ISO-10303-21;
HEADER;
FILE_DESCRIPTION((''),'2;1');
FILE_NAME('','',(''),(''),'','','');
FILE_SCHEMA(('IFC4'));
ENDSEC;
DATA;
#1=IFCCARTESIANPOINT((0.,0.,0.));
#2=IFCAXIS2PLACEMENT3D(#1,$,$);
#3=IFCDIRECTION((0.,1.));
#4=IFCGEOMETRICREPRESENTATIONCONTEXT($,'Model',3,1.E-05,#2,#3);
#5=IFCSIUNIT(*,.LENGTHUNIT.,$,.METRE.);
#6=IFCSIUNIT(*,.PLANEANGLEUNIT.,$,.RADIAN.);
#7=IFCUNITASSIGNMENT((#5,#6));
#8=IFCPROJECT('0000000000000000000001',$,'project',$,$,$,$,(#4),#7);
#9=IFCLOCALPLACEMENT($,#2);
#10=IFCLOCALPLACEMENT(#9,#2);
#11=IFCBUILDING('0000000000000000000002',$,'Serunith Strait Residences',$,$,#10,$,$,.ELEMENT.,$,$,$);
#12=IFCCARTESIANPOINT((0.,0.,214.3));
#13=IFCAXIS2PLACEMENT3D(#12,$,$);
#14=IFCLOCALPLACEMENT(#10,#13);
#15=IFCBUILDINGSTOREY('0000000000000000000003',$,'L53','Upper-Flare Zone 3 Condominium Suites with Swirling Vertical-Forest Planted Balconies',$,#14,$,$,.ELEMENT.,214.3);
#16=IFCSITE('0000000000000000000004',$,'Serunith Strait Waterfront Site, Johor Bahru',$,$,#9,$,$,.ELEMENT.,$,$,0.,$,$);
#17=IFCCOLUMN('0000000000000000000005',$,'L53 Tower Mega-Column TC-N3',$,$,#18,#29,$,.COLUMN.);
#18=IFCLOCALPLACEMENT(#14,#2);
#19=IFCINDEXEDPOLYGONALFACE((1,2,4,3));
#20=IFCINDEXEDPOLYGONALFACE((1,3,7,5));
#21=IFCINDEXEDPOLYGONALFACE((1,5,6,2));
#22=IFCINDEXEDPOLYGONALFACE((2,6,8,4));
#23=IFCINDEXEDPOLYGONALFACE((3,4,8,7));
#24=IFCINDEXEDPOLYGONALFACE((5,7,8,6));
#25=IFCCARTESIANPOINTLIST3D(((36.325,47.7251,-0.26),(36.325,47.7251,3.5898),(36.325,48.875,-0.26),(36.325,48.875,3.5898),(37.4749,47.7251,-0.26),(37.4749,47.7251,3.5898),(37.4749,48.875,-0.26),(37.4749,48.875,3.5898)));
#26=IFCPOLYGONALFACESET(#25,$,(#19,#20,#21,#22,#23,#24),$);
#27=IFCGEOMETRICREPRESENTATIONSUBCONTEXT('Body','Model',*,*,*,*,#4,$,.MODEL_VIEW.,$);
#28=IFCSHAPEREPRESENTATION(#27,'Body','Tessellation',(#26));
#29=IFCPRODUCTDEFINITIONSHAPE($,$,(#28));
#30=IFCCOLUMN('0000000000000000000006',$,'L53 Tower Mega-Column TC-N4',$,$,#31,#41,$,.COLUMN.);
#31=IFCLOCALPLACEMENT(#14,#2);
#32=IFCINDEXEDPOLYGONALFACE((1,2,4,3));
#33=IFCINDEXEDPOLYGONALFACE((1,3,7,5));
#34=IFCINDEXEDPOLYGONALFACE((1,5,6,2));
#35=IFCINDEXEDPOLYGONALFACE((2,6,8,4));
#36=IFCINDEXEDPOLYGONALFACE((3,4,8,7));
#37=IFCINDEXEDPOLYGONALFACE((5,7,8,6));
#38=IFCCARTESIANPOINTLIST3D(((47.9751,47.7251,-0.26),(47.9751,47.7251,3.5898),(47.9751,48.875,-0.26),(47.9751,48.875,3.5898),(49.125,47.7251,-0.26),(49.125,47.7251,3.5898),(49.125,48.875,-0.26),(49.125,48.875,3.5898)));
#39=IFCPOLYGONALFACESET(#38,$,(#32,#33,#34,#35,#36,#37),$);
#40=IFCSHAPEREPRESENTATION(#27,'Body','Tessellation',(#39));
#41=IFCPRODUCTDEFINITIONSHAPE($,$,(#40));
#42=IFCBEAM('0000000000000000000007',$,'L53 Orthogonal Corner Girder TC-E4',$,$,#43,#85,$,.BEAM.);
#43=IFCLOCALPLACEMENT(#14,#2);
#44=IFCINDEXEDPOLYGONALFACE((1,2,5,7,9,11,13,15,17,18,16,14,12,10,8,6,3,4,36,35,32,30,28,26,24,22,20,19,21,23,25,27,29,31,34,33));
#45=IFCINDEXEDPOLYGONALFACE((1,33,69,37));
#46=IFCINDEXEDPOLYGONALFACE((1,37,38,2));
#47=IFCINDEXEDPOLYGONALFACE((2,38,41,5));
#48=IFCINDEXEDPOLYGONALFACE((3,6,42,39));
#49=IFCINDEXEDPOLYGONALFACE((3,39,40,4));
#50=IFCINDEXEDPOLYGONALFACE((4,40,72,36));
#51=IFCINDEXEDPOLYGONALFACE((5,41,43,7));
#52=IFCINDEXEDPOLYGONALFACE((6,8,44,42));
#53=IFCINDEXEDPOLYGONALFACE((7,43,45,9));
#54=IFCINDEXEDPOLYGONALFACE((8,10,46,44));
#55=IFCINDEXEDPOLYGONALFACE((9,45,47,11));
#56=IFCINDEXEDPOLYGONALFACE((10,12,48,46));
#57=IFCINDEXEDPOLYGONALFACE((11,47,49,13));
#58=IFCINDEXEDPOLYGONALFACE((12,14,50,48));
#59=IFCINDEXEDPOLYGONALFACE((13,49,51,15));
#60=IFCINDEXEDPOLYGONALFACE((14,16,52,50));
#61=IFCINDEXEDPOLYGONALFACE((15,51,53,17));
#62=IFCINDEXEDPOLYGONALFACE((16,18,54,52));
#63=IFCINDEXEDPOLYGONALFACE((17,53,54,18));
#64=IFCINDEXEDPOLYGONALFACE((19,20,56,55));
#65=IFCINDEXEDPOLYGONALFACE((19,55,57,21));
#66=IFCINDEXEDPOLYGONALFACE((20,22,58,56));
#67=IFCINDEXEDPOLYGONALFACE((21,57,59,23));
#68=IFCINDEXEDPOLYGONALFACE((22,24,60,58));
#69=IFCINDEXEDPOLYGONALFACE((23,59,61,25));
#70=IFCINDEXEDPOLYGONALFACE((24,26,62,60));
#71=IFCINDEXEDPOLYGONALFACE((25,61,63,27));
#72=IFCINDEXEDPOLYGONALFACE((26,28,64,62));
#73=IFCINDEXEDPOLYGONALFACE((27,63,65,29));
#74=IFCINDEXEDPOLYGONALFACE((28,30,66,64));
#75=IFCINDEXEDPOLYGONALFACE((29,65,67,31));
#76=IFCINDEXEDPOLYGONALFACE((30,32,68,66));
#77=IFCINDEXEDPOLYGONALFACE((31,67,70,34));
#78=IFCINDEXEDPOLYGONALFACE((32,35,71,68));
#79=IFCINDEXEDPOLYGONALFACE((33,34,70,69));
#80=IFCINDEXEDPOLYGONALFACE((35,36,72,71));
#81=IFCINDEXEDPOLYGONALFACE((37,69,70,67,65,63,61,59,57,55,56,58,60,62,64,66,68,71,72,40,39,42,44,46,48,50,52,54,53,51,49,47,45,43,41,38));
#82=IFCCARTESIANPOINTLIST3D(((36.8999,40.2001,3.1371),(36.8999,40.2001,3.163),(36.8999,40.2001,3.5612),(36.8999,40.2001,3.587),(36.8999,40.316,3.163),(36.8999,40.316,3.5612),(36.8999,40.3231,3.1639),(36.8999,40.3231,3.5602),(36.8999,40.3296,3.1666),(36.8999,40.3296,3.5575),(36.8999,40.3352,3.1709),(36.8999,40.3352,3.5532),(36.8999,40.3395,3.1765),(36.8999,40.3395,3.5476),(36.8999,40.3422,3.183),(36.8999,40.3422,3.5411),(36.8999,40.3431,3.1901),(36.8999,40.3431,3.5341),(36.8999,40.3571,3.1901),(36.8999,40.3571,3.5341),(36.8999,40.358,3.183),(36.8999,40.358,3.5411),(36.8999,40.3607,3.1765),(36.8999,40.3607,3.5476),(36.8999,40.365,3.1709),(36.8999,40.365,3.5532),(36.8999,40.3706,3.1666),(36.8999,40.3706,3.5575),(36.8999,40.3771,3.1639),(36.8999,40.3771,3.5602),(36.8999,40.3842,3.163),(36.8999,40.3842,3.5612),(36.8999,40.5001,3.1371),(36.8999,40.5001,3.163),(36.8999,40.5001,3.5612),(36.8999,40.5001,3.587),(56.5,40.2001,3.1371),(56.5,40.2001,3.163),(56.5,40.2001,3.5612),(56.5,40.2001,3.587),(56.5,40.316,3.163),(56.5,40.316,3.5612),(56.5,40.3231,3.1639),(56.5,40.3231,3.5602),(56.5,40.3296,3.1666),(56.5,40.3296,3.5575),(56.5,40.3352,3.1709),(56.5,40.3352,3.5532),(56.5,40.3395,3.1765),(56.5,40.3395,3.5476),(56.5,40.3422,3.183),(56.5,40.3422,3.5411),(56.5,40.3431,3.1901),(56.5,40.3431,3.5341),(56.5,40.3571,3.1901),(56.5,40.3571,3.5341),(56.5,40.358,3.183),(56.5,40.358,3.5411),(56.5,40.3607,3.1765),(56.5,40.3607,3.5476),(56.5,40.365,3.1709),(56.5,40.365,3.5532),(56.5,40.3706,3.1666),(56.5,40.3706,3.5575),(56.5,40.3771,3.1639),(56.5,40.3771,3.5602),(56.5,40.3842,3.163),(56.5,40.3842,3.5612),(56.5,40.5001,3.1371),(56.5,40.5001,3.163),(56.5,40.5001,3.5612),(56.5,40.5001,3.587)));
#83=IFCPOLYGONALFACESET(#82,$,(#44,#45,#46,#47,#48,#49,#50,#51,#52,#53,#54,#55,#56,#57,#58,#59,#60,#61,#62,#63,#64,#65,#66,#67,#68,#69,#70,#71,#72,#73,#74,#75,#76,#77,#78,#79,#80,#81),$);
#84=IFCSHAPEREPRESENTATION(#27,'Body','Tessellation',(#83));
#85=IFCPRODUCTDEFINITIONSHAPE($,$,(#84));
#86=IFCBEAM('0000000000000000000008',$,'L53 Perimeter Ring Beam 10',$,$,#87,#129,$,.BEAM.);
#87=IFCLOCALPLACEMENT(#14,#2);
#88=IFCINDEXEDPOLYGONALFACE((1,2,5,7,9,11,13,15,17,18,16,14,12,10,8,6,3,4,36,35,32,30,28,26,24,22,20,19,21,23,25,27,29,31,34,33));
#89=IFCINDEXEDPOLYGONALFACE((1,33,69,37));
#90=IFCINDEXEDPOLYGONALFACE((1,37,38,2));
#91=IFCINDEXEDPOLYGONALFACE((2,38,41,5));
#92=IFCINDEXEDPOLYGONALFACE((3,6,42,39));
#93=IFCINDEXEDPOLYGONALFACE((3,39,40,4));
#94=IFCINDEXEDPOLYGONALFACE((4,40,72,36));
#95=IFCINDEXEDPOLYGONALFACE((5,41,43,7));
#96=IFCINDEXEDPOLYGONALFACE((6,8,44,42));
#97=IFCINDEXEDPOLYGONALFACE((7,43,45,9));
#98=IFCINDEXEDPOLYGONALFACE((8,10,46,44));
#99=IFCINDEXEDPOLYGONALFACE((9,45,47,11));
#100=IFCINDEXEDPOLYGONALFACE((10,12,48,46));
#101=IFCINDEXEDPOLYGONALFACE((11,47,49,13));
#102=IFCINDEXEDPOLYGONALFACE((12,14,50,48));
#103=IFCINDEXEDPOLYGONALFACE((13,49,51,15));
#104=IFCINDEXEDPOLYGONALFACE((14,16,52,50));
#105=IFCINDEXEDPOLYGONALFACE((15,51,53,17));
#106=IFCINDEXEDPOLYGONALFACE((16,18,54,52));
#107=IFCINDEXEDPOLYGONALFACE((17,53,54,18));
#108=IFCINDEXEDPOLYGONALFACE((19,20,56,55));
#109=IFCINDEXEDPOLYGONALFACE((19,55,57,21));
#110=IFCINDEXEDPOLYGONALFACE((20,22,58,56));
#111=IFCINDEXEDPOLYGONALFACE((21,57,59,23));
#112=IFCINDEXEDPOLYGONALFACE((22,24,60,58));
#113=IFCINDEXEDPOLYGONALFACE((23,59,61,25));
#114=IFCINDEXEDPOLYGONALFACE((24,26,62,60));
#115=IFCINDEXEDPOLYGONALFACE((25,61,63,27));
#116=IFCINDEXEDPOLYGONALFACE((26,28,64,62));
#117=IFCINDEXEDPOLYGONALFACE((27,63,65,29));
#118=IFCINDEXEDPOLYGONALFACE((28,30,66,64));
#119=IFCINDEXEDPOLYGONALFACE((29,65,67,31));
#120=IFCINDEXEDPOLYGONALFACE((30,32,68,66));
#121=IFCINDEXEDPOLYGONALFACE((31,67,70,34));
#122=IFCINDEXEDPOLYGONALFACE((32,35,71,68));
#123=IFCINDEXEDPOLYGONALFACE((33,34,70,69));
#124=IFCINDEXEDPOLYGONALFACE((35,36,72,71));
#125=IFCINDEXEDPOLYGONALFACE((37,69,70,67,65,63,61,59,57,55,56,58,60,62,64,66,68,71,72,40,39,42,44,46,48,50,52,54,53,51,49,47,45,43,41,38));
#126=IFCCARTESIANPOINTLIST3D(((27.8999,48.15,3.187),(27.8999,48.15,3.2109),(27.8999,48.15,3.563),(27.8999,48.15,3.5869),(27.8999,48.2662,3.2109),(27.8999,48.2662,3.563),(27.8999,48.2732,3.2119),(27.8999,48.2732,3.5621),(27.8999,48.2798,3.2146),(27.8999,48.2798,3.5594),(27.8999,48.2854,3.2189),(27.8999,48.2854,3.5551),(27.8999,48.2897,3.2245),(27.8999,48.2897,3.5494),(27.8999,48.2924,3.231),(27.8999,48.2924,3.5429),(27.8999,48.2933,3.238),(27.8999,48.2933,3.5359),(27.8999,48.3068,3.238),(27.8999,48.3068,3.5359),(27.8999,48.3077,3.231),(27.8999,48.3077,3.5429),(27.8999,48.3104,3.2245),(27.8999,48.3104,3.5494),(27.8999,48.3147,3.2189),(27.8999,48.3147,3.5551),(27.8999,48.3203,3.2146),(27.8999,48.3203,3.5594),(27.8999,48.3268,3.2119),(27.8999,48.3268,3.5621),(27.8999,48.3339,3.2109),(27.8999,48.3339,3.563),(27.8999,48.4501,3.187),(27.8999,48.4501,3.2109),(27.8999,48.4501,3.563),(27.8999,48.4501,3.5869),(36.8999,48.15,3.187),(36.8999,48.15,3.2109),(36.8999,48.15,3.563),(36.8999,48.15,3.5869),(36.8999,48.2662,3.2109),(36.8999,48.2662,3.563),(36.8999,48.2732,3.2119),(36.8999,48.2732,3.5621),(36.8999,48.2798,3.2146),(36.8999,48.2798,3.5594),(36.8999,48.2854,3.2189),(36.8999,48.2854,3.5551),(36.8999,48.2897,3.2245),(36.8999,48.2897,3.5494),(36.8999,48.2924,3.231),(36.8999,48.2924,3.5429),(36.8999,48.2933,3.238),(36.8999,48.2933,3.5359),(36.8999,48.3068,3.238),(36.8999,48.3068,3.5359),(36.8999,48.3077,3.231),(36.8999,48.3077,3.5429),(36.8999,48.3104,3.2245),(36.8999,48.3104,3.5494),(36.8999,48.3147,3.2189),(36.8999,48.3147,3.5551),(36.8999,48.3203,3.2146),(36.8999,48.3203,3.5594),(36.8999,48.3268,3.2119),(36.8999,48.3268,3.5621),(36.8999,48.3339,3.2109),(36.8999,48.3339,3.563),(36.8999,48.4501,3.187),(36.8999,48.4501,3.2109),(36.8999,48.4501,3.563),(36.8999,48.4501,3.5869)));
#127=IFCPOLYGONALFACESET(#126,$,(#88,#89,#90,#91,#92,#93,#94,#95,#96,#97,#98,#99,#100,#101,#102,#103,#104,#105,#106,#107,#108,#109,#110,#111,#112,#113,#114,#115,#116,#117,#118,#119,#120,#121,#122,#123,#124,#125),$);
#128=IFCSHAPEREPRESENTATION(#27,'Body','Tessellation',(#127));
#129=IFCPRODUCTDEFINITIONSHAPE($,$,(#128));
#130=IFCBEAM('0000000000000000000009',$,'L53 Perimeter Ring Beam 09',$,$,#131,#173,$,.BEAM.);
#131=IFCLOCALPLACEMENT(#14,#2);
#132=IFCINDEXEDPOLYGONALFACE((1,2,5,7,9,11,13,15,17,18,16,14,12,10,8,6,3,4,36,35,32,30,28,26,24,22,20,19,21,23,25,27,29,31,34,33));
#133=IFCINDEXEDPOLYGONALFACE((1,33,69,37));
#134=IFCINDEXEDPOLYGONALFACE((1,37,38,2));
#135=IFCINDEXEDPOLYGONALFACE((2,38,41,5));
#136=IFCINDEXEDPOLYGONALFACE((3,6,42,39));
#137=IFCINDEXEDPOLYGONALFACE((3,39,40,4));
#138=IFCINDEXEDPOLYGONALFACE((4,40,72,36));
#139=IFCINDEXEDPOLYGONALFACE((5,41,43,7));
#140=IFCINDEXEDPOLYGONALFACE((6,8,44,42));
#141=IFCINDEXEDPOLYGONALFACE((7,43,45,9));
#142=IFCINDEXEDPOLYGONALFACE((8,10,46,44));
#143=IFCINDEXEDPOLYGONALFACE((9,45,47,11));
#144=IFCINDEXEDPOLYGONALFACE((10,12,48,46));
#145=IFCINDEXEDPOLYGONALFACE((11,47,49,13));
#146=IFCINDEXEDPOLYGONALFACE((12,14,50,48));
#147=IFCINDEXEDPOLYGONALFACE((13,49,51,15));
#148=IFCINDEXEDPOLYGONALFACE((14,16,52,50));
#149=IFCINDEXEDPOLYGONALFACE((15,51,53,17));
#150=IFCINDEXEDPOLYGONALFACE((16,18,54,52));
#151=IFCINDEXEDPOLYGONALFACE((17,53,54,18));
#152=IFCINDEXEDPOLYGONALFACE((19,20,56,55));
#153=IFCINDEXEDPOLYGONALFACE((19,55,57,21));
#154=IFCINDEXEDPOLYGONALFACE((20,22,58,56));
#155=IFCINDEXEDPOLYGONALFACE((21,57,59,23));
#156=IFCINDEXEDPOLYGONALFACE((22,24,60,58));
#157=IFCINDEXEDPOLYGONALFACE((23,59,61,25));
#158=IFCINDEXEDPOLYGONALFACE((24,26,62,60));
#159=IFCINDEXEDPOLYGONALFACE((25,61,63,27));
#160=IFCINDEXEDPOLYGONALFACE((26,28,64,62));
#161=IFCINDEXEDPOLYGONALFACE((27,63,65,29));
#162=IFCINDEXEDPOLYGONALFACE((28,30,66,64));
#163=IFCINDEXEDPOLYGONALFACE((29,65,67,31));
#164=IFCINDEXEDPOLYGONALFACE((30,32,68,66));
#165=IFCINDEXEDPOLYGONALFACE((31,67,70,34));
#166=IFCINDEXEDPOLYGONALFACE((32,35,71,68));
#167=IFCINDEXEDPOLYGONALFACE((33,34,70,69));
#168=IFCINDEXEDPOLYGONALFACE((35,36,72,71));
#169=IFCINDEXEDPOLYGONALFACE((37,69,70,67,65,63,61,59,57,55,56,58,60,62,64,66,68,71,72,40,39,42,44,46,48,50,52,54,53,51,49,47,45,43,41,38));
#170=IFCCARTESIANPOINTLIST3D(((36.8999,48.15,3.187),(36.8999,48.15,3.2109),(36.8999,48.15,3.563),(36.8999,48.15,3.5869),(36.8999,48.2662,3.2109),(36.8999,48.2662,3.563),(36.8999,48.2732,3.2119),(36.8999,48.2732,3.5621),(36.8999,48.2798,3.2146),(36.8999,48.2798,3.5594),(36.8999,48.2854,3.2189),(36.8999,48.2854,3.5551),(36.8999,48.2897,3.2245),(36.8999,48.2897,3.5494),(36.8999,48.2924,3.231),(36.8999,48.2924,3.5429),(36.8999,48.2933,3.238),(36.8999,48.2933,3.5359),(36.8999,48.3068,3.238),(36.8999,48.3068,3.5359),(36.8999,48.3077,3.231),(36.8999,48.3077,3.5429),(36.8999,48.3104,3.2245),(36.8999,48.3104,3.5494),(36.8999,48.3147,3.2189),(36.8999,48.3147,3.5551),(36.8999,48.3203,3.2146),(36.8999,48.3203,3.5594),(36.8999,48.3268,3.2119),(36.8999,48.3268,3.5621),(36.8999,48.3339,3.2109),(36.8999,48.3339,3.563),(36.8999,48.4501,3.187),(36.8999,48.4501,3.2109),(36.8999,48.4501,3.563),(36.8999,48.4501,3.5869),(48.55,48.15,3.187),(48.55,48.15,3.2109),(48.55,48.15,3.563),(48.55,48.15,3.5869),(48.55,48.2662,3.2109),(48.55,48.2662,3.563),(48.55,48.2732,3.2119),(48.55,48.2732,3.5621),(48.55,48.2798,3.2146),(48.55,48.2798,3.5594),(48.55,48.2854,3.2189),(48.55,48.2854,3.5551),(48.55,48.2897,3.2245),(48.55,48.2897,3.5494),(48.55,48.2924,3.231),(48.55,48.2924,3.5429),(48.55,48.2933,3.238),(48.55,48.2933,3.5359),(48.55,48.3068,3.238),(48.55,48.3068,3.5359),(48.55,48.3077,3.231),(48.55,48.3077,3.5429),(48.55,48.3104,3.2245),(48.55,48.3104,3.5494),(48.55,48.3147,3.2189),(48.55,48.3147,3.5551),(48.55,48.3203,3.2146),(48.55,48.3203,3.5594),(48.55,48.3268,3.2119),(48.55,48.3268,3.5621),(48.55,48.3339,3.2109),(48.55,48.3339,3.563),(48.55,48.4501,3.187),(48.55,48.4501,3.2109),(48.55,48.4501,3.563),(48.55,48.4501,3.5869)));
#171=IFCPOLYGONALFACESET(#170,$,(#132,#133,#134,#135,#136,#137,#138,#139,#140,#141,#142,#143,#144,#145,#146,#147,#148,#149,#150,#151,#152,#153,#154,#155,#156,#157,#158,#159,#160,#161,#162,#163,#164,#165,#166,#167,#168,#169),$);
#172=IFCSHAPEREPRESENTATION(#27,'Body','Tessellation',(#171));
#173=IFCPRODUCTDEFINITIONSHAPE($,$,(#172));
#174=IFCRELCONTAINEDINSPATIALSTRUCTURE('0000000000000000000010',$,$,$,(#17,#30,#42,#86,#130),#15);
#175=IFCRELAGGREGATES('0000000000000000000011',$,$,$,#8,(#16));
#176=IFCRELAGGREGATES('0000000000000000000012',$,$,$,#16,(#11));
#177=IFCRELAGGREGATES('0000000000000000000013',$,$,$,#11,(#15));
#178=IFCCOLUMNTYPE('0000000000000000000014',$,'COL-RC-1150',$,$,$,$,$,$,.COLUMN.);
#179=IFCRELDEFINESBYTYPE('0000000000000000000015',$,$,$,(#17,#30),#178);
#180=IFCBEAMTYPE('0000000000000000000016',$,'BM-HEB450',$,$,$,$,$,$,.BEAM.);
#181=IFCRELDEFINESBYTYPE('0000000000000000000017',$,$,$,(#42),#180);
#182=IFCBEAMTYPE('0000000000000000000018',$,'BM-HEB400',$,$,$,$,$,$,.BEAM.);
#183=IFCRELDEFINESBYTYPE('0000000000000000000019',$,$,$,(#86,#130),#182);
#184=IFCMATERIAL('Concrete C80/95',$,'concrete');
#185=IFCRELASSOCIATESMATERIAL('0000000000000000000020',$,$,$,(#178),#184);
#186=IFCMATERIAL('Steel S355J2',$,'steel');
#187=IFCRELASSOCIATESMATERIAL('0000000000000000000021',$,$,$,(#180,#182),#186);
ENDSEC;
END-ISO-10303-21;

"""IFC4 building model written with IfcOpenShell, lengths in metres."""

from ifc_helpers import new_model, si_unit, direction, frame, origin, origin_2d, place, context, subcontext, project, spatial, rectangle, i_section, extrude, source, transform, mapped, material, material_profile, profile_set, type_object, element, save


model = new_model("IFC4")

# Units and contexts
model_context = context("Model", 3, precision=1e-05, world=origin(), true_north=direction((0.0, 1.0)))
body_context = subcontext(model_context, "Body", "Model", "MODEL_VIEW")
ifc_project = project(units=[si_unit("LENGTHUNIT", "METRE"), si_unit("PLANEANGLEUNIT", "RADIAN")], contexts=[model_context])

# Site, building, storey
site_placement = place(None, origin())
site = spatial("IfcSite", under=ifc_project, at=site_placement, Name="Serunith Strait Waterfront Site, Johor Bahru", CompositionType="ELEMENT", RefElevation=0.0)
building_placement = place(site_placement, origin())
building = spatial("IfcBuilding", under=site, at=building_placement, Name="Serunith Strait Residences", CompositionType="ELEMENT")
storey_placement = place(building_placement, frame((0.0, 0.0, 214.3)))
storey = spatial("IfcBuildingStorey", under=building, at=storey_placement, Name="L53", Description="Upper-Flare Zone 3 Condominium Suites with Swirling Vertical-Forest Planted Balconies", CompositionType="ELEMENT", Elevation=214.3)

# Columns
ifc_material_1 = material(Name="Concrete C80/95", Category="concrete")
ifc_material_profile_1 = material_profile(ifc_material_1, rectangle(XDim=1.1499, YDim=1.1499, at=origin_2d()), Name="RC 1150x1150")
ifc_profile_set_1 = profile_set([ifc_material_profile_1], Name="Concrete C80/95")
column_type = type_object("IfcColumnType", Name="COL-RC-1150", PredefinedType="COLUMN", material=ifc_profile_set_1)
shared_shape_1 = source(origin(), body_context, "Body", "SweptSolid", [
    extrude(rectangle(XDim=1.1499, YDim=1.1499, at=origin_2d()), origin(), (0.0, 0.0, 1.0), 3.8499),
])
for number, where, z_axis, x_axis, name in (
    (1, (36.8999, 48.3, -0.26), (0.0, 0.0, 1.0), (1.0, 0.0, 0.0), "L53 Tower Mega-Column TC-N3"),
    (2, (48.55, 48.3, -0.26), (0.0, 0.0, 1.0), (1.0, 0.0, 0.0), "L53 Tower Mega-Column TC-N4"),
):
    element("IfcColumn", number, at=place(storey_placement, frame(where, z_axis=z_axis, x_axis=x_axis)), inside=storey, type_object=column_type, Name=name, PredefinedType="COLUMN", context=body_context, shape_type="MappedRepresentation", body=[
        mapped(shared_shape_1, transform((0.0, 0.0, 0.0), scale=1.0)),
    ])

# Beams
ifc_material_2 = material(Name="Steel S355J2", Category="steel")
ifc_material_profile_2 = material_profile(ifc_material_2, i_section(OverallWidth=0.3, OverallDepth=0.45, WebThickness=0.0139, FlangeThickness=0.0259, FilletRadius=0.0271, at=origin_2d()), Name="HEB 450")
ifc_profile_set_2 = profile_set([ifc_material_profile_2], Name="Steel S355J2")
beam_type_1 = type_object("IfcBeamType", Name="BM-HEB450", PredefinedType="BEAM", material=ifc_profile_set_2)
shared_shape_2 = source(origin(), body_context, "Body", "SweptSolid", [
    extrude(i_section(OverallWidth=0.3, OverallDepth=0.45, WebThickness=0.0139, FlangeThickness=0.0259, FilletRadius=0.0271, at=origin_2d()), origin(), (0.0, 0.0, 1.0), 19.6001),
])
beam_1_placement = place(storey_placement, frame((36.8999, 40.3501, 3.3621), z_axis=(1.0, 0.0, 0.0), x_axis=(0.0, 1.0, 0.0)))
element("IfcBeam", 3, at=beam_1_placement, inside=storey, type_object=beam_type_1, Name="L53 Orthogonal Corner Girder TC-E4", PredefinedType="BEAM", context=body_context, shape_type="MappedRepresentation", body=[
    mapped(shared_shape_2, transform((0.0, 0.0, 0.0), scale=1.0)),
])
ifc_material_profile_3 = material_profile(ifc_material_2, i_section(OverallWidth=0.3, OverallDepth=0.3999, WebThickness=0.0134, FlangeThickness=0.0239, FilletRadius=0.0271, at=origin_2d()), Name="HEB 400")
ifc_profile_set_3 = profile_set([ifc_material_profile_3], Name="Steel S355J2")
beam_type_2 = type_object("IfcBeamType", Name="BM-HEB400", PredefinedType="BEAM", material=ifc_profile_set_3)
shared_shape_3 = source(origin(), body_context, "Body", "SweptSolid", [
    extrude(i_section(OverallWidth=0.3, OverallDepth=0.3999, WebThickness=0.0134, FlangeThickness=0.0239, FilletRadius=0.0271, at=origin_2d()), origin(), (0.0, 0.0, 1.0), 9.0),
])
beam_2_placement = place(storey_placement, frame((36.8999, 48.3, 3.387), z_axis=(-1.0, 0.0, 0.0), x_axis=(0.0, -1.0, 0.0)))
element("IfcBeam", 4, at=beam_2_placement, inside=storey, type_object=beam_type_2, Name="L53 Perimeter Ring Beam 10", PredefinedType="BEAM", context=body_context, shape_type="MappedRepresentation", body=[
    mapped(shared_shape_3, transform((0.0, 0.0, 0.0), scale=1.0)),
])
shared_shape_4 = source(origin(), body_context, "Body", "SweptSolid", [
    extrude(i_section(OverallWidth=0.3, OverallDepth=0.3999, WebThickness=0.0134, FlangeThickness=0.0239, FilletRadius=0.0271, at=origin_2d()), origin(), (0.0, 0.0, 1.0), 11.6501),
])
beam_3_placement = place(storey_placement, frame((48.55, 48.3, 3.387), z_axis=(-1.0, 0.0, 0.0), x_axis=(0.0, -1.0, 0.0)))
element("IfcBeam", 5, at=beam_3_placement, inside=storey, type_object=beam_type_2, Name="L53 Perimeter Ring Beam 09", PredefinedType="BEAM", context=body_context, shape_type="MappedRepresentation", body=[
    mapped(shared_shape_4, transform((0.0, 0.0, 0.0), scale=1.0)),
])

save(model, "model.ifc")
